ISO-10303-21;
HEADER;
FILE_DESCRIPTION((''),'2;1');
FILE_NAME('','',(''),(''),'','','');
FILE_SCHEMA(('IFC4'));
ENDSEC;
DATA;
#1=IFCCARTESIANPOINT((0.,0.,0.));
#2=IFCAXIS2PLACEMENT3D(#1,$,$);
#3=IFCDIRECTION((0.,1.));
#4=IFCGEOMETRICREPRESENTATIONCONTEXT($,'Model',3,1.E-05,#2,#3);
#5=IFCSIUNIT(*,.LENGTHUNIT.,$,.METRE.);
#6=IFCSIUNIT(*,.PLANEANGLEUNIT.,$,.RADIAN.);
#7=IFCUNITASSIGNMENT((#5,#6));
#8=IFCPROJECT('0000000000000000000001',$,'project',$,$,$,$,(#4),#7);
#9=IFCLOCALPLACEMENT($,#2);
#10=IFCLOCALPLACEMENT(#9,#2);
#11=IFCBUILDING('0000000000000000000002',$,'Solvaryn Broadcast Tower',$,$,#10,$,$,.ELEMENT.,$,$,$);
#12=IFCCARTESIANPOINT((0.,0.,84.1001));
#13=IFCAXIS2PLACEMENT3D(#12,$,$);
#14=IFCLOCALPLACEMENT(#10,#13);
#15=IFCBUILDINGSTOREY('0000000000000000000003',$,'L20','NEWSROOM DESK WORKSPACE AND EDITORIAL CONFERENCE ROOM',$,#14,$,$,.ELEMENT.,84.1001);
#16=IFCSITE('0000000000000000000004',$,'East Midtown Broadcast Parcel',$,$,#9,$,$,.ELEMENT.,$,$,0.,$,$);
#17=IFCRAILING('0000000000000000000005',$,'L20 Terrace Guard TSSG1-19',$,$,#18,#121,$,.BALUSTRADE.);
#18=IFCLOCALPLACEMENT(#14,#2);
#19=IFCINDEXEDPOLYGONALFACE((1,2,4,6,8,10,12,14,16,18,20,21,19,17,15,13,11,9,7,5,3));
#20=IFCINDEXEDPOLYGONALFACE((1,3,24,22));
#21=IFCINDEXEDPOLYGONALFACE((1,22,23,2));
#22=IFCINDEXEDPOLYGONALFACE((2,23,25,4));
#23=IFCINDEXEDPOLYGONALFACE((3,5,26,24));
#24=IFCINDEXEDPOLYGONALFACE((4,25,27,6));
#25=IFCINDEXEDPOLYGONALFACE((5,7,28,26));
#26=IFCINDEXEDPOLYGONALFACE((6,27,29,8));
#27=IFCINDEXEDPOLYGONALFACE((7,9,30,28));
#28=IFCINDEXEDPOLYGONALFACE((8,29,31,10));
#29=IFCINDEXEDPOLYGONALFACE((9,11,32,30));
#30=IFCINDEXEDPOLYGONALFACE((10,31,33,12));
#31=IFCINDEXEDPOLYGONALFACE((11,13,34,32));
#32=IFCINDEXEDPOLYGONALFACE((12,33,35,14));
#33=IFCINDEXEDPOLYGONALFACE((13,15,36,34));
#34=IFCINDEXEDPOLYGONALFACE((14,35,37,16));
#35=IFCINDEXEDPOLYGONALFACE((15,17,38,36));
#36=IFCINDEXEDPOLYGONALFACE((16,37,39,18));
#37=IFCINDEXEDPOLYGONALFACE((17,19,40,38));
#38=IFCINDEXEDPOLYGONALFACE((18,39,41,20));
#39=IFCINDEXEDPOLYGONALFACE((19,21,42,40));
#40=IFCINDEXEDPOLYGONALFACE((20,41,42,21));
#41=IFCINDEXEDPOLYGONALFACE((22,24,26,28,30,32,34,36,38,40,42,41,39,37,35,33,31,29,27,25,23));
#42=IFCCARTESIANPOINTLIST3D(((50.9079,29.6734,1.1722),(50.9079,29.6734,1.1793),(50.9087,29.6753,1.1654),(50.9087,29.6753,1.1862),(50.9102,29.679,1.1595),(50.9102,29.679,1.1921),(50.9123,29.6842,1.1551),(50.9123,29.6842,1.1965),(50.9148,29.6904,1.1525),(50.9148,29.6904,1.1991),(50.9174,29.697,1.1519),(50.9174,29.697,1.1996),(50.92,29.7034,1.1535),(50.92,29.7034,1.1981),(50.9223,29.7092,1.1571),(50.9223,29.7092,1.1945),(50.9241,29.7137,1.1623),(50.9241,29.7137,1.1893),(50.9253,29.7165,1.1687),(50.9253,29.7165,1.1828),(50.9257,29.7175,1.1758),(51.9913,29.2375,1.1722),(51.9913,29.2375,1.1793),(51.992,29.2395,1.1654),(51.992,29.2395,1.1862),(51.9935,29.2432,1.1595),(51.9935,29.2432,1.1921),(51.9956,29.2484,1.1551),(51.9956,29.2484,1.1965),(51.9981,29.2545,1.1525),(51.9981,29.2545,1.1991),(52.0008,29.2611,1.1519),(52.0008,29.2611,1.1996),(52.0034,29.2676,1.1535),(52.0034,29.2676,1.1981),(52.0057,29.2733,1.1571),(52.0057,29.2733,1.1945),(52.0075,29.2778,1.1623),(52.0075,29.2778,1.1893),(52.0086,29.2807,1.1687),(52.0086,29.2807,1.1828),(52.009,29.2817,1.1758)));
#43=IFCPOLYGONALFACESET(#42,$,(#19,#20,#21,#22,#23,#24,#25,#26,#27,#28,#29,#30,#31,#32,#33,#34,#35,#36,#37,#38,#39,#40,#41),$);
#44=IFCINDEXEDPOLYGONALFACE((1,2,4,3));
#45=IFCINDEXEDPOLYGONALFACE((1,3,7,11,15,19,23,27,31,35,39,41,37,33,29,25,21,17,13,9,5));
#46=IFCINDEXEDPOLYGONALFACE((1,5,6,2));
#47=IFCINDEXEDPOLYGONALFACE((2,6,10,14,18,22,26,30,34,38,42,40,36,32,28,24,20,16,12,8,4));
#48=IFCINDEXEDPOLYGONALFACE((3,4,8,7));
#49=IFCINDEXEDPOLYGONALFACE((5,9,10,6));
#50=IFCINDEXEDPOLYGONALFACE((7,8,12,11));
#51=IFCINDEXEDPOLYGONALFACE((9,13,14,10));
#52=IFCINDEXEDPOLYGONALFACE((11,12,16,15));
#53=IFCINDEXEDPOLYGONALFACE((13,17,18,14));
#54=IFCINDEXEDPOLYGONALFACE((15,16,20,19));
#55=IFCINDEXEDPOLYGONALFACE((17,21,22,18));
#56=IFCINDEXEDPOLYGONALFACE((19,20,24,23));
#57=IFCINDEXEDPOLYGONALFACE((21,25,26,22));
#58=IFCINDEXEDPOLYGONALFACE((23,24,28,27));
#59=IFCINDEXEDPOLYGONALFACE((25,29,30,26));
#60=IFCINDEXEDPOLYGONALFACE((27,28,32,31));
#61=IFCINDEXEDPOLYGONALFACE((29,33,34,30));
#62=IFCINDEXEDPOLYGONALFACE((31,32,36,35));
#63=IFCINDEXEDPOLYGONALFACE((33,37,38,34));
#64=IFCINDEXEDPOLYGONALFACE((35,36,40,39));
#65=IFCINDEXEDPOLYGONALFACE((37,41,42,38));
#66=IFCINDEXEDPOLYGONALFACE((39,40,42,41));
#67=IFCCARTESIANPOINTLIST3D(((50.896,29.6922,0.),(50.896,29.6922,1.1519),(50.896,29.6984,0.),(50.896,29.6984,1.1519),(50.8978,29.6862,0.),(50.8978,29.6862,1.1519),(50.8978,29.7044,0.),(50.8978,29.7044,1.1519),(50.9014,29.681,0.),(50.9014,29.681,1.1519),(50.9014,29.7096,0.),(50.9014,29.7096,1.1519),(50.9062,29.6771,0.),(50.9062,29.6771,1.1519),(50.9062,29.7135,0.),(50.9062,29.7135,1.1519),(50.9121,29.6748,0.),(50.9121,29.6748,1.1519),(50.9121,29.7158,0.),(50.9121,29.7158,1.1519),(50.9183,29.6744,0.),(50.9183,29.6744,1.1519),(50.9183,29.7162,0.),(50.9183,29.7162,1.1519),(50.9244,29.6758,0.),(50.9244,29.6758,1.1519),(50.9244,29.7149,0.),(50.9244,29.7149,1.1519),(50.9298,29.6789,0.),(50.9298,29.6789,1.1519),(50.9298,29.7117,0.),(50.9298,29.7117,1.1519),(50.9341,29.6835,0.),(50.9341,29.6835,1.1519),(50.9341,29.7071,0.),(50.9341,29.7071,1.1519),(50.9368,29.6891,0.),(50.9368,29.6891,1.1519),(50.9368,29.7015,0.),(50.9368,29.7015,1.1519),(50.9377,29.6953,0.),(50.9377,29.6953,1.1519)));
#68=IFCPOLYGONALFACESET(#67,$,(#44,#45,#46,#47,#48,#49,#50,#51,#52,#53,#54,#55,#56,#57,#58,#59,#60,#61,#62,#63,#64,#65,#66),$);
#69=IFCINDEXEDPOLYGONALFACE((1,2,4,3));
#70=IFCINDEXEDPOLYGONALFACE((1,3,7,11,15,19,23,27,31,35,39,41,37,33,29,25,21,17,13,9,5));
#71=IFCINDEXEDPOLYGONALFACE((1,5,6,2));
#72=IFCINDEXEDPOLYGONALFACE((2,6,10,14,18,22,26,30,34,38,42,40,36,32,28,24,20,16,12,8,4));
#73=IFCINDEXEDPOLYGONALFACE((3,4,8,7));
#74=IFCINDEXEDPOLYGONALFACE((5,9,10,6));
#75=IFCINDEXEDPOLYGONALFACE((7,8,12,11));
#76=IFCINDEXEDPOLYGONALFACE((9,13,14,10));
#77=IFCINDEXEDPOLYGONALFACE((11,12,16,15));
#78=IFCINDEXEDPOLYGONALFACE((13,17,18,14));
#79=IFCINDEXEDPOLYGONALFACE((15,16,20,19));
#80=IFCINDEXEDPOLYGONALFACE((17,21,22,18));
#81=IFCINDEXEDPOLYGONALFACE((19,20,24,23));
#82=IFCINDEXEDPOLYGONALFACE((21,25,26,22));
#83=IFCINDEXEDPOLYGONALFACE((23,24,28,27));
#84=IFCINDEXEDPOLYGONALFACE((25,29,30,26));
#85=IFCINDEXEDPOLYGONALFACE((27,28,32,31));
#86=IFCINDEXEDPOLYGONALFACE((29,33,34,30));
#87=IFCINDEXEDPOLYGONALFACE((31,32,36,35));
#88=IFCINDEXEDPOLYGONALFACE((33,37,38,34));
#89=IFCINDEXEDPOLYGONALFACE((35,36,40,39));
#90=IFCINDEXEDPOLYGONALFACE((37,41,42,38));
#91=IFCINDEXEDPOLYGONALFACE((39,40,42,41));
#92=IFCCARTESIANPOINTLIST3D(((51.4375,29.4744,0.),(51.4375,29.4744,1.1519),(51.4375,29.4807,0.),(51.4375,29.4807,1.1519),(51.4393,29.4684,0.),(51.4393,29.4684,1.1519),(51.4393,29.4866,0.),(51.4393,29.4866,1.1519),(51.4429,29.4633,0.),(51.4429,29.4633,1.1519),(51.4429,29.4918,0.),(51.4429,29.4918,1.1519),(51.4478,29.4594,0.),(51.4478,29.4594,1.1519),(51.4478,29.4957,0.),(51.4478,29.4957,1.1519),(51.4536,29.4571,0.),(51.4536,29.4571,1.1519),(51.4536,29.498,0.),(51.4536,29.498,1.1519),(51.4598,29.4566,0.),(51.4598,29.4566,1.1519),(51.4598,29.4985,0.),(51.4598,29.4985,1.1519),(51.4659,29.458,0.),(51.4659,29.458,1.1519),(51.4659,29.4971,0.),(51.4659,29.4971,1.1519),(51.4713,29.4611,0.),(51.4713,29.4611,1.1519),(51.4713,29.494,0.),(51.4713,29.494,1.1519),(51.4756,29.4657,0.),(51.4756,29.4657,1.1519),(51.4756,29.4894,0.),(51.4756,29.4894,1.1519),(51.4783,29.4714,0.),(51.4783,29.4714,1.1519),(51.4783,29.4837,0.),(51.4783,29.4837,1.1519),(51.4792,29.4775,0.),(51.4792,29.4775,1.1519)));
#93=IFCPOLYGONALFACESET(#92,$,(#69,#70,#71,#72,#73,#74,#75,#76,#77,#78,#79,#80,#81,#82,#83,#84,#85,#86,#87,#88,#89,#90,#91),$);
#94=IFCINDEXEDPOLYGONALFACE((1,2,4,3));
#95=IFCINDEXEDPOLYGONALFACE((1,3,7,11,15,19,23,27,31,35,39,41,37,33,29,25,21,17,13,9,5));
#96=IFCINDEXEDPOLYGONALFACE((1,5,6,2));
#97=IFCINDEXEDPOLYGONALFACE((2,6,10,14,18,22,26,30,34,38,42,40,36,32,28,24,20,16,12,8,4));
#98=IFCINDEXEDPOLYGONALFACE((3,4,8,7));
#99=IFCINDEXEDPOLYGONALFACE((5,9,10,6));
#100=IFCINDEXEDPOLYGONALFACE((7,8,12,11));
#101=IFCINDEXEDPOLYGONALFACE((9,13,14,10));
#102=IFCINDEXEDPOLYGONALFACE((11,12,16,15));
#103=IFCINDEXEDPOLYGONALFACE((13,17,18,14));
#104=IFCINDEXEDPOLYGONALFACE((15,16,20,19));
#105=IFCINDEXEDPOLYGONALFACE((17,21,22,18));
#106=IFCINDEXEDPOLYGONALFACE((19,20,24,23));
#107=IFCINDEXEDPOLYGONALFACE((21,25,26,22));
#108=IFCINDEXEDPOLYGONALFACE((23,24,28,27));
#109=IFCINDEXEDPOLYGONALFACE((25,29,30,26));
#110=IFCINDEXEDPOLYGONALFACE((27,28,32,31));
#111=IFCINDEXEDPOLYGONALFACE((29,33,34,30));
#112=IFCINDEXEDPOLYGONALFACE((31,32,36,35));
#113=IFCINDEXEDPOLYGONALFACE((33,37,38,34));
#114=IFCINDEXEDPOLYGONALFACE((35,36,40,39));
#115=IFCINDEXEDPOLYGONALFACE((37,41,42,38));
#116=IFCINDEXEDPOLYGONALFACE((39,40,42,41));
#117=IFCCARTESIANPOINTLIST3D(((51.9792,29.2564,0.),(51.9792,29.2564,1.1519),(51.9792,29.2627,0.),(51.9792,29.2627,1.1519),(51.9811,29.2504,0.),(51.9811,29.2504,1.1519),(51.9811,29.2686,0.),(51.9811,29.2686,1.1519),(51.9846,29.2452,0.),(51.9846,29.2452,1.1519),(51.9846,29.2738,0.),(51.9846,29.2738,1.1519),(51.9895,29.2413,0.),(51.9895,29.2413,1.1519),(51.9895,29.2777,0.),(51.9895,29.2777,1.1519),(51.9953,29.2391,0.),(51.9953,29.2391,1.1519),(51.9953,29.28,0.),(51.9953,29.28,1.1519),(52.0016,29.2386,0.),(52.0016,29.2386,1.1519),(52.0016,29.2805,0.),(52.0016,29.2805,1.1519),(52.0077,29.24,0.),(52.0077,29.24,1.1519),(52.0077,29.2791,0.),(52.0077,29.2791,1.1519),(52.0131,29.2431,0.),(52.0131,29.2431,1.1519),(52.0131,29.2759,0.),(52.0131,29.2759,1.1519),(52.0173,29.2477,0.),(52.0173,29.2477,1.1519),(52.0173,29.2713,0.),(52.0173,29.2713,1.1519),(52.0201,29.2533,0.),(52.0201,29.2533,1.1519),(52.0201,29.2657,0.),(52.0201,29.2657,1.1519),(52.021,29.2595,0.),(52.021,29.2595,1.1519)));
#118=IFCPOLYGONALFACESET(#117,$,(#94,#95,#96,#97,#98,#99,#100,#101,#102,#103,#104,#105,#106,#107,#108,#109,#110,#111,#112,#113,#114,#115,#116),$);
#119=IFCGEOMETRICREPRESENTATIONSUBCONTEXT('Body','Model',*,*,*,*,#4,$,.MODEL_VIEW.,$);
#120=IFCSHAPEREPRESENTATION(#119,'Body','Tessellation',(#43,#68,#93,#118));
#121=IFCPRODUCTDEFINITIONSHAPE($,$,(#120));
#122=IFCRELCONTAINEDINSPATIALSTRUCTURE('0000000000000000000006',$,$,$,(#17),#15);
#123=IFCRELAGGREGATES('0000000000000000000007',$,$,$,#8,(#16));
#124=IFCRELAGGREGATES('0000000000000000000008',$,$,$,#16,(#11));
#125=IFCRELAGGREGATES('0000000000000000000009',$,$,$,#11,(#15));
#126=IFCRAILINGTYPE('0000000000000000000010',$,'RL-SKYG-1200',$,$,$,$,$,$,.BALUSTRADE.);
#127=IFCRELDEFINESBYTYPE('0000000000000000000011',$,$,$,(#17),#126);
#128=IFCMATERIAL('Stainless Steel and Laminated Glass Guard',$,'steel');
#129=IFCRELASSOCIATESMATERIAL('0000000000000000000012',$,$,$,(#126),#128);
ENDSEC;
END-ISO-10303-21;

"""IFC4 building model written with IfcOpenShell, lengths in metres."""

from ifc_helpers import new_model, si_unit, direction, frame, origin, origin_2d, place, context, subcontext, project, spatial, circle, extrude, material, type_object, element, save


model = new_model("IFC4")

# Units and contexts
model_context = context("Model", 3, precision=1e-05, world=origin(), true_north=direction((0.0, 1.0)))
body_context = subcontext(model_context, "Body", "Model", "MODEL_VIEW")
ifc_project = project(units=[si_unit("LENGTHUNIT", "METRE"), si_unit("PLANEANGLEUNIT", "RADIAN")], contexts=[model_context])

# Site, building, storey
site_placement = place(None, origin())
site = spatial("IfcSite", under=ifc_project, at=site_placement, Name="East Midtown Broadcast Parcel", CompositionType="ELEMENT", RefElevation=0.0)
building_placement = place(site_placement, origin())
building = spatial("IfcBuilding", under=site, at=building_placement, Name="Solvaryn Broadcast Tower", CompositionType="ELEMENT")
storey_placement = place(building_placement, frame((0.0, 0.0, 84.1001)))
storey = spatial("IfcBuildingStorey", under=building, at=storey_placement, Name="L20", Description="NEWSROOM DESK WORKSPACE AND EDITORIAL CONFERENCE ROOM", CompositionType="ELEMENT", Elevation=84.1001)

# Railing
ifc_material_1 = material(Name="Stainless Steel and Laminated Glass Guard", Category="steel")
railing_type = type_object("IfcRailingType", Name="RL-SKYG-1200", PredefinedType="BALUSTRADE", material=ifc_material_1)
railing_1_placement = place(storey_placement, frame((50.9167, 29.6953, 0.0)))
element("IfcRailing", 1, at=railing_1_placement, inside=storey, type_object=railing_type, Name="L20 Terrace Guard TSSG1-19", PredefinedType="BALUSTRADE", context=body_context, shape_type="SweptSolid", body=[
    extrude(circle(Radius=0.0239, at=origin_2d()), frame((0.0, 0.0, 1.1758), z_axis=(0.927739, -0.373229, 0.0), x_axis=(0.373229, 0.927739, 0.0)), (0.0, 0.0, 1.0), 1.1677),
    extrude(circle(Radius=0.021, at=origin_2d()), origin(), (0.0, 0.0, 1.0), 1.1519),
    extrude(circle(Radius=0.021, at=origin_2d()), frame((0.5415, -0.2178, 0.0)), (0.0, 0.0, 1.0), 1.1519),
    extrude(circle(Radius=0.021, at=origin_2d()), frame((1.0833, -0.4358, 0.0)), (0.0, 0.0, 1.0), 1.1519),
])

save(model, "model.ifc")
